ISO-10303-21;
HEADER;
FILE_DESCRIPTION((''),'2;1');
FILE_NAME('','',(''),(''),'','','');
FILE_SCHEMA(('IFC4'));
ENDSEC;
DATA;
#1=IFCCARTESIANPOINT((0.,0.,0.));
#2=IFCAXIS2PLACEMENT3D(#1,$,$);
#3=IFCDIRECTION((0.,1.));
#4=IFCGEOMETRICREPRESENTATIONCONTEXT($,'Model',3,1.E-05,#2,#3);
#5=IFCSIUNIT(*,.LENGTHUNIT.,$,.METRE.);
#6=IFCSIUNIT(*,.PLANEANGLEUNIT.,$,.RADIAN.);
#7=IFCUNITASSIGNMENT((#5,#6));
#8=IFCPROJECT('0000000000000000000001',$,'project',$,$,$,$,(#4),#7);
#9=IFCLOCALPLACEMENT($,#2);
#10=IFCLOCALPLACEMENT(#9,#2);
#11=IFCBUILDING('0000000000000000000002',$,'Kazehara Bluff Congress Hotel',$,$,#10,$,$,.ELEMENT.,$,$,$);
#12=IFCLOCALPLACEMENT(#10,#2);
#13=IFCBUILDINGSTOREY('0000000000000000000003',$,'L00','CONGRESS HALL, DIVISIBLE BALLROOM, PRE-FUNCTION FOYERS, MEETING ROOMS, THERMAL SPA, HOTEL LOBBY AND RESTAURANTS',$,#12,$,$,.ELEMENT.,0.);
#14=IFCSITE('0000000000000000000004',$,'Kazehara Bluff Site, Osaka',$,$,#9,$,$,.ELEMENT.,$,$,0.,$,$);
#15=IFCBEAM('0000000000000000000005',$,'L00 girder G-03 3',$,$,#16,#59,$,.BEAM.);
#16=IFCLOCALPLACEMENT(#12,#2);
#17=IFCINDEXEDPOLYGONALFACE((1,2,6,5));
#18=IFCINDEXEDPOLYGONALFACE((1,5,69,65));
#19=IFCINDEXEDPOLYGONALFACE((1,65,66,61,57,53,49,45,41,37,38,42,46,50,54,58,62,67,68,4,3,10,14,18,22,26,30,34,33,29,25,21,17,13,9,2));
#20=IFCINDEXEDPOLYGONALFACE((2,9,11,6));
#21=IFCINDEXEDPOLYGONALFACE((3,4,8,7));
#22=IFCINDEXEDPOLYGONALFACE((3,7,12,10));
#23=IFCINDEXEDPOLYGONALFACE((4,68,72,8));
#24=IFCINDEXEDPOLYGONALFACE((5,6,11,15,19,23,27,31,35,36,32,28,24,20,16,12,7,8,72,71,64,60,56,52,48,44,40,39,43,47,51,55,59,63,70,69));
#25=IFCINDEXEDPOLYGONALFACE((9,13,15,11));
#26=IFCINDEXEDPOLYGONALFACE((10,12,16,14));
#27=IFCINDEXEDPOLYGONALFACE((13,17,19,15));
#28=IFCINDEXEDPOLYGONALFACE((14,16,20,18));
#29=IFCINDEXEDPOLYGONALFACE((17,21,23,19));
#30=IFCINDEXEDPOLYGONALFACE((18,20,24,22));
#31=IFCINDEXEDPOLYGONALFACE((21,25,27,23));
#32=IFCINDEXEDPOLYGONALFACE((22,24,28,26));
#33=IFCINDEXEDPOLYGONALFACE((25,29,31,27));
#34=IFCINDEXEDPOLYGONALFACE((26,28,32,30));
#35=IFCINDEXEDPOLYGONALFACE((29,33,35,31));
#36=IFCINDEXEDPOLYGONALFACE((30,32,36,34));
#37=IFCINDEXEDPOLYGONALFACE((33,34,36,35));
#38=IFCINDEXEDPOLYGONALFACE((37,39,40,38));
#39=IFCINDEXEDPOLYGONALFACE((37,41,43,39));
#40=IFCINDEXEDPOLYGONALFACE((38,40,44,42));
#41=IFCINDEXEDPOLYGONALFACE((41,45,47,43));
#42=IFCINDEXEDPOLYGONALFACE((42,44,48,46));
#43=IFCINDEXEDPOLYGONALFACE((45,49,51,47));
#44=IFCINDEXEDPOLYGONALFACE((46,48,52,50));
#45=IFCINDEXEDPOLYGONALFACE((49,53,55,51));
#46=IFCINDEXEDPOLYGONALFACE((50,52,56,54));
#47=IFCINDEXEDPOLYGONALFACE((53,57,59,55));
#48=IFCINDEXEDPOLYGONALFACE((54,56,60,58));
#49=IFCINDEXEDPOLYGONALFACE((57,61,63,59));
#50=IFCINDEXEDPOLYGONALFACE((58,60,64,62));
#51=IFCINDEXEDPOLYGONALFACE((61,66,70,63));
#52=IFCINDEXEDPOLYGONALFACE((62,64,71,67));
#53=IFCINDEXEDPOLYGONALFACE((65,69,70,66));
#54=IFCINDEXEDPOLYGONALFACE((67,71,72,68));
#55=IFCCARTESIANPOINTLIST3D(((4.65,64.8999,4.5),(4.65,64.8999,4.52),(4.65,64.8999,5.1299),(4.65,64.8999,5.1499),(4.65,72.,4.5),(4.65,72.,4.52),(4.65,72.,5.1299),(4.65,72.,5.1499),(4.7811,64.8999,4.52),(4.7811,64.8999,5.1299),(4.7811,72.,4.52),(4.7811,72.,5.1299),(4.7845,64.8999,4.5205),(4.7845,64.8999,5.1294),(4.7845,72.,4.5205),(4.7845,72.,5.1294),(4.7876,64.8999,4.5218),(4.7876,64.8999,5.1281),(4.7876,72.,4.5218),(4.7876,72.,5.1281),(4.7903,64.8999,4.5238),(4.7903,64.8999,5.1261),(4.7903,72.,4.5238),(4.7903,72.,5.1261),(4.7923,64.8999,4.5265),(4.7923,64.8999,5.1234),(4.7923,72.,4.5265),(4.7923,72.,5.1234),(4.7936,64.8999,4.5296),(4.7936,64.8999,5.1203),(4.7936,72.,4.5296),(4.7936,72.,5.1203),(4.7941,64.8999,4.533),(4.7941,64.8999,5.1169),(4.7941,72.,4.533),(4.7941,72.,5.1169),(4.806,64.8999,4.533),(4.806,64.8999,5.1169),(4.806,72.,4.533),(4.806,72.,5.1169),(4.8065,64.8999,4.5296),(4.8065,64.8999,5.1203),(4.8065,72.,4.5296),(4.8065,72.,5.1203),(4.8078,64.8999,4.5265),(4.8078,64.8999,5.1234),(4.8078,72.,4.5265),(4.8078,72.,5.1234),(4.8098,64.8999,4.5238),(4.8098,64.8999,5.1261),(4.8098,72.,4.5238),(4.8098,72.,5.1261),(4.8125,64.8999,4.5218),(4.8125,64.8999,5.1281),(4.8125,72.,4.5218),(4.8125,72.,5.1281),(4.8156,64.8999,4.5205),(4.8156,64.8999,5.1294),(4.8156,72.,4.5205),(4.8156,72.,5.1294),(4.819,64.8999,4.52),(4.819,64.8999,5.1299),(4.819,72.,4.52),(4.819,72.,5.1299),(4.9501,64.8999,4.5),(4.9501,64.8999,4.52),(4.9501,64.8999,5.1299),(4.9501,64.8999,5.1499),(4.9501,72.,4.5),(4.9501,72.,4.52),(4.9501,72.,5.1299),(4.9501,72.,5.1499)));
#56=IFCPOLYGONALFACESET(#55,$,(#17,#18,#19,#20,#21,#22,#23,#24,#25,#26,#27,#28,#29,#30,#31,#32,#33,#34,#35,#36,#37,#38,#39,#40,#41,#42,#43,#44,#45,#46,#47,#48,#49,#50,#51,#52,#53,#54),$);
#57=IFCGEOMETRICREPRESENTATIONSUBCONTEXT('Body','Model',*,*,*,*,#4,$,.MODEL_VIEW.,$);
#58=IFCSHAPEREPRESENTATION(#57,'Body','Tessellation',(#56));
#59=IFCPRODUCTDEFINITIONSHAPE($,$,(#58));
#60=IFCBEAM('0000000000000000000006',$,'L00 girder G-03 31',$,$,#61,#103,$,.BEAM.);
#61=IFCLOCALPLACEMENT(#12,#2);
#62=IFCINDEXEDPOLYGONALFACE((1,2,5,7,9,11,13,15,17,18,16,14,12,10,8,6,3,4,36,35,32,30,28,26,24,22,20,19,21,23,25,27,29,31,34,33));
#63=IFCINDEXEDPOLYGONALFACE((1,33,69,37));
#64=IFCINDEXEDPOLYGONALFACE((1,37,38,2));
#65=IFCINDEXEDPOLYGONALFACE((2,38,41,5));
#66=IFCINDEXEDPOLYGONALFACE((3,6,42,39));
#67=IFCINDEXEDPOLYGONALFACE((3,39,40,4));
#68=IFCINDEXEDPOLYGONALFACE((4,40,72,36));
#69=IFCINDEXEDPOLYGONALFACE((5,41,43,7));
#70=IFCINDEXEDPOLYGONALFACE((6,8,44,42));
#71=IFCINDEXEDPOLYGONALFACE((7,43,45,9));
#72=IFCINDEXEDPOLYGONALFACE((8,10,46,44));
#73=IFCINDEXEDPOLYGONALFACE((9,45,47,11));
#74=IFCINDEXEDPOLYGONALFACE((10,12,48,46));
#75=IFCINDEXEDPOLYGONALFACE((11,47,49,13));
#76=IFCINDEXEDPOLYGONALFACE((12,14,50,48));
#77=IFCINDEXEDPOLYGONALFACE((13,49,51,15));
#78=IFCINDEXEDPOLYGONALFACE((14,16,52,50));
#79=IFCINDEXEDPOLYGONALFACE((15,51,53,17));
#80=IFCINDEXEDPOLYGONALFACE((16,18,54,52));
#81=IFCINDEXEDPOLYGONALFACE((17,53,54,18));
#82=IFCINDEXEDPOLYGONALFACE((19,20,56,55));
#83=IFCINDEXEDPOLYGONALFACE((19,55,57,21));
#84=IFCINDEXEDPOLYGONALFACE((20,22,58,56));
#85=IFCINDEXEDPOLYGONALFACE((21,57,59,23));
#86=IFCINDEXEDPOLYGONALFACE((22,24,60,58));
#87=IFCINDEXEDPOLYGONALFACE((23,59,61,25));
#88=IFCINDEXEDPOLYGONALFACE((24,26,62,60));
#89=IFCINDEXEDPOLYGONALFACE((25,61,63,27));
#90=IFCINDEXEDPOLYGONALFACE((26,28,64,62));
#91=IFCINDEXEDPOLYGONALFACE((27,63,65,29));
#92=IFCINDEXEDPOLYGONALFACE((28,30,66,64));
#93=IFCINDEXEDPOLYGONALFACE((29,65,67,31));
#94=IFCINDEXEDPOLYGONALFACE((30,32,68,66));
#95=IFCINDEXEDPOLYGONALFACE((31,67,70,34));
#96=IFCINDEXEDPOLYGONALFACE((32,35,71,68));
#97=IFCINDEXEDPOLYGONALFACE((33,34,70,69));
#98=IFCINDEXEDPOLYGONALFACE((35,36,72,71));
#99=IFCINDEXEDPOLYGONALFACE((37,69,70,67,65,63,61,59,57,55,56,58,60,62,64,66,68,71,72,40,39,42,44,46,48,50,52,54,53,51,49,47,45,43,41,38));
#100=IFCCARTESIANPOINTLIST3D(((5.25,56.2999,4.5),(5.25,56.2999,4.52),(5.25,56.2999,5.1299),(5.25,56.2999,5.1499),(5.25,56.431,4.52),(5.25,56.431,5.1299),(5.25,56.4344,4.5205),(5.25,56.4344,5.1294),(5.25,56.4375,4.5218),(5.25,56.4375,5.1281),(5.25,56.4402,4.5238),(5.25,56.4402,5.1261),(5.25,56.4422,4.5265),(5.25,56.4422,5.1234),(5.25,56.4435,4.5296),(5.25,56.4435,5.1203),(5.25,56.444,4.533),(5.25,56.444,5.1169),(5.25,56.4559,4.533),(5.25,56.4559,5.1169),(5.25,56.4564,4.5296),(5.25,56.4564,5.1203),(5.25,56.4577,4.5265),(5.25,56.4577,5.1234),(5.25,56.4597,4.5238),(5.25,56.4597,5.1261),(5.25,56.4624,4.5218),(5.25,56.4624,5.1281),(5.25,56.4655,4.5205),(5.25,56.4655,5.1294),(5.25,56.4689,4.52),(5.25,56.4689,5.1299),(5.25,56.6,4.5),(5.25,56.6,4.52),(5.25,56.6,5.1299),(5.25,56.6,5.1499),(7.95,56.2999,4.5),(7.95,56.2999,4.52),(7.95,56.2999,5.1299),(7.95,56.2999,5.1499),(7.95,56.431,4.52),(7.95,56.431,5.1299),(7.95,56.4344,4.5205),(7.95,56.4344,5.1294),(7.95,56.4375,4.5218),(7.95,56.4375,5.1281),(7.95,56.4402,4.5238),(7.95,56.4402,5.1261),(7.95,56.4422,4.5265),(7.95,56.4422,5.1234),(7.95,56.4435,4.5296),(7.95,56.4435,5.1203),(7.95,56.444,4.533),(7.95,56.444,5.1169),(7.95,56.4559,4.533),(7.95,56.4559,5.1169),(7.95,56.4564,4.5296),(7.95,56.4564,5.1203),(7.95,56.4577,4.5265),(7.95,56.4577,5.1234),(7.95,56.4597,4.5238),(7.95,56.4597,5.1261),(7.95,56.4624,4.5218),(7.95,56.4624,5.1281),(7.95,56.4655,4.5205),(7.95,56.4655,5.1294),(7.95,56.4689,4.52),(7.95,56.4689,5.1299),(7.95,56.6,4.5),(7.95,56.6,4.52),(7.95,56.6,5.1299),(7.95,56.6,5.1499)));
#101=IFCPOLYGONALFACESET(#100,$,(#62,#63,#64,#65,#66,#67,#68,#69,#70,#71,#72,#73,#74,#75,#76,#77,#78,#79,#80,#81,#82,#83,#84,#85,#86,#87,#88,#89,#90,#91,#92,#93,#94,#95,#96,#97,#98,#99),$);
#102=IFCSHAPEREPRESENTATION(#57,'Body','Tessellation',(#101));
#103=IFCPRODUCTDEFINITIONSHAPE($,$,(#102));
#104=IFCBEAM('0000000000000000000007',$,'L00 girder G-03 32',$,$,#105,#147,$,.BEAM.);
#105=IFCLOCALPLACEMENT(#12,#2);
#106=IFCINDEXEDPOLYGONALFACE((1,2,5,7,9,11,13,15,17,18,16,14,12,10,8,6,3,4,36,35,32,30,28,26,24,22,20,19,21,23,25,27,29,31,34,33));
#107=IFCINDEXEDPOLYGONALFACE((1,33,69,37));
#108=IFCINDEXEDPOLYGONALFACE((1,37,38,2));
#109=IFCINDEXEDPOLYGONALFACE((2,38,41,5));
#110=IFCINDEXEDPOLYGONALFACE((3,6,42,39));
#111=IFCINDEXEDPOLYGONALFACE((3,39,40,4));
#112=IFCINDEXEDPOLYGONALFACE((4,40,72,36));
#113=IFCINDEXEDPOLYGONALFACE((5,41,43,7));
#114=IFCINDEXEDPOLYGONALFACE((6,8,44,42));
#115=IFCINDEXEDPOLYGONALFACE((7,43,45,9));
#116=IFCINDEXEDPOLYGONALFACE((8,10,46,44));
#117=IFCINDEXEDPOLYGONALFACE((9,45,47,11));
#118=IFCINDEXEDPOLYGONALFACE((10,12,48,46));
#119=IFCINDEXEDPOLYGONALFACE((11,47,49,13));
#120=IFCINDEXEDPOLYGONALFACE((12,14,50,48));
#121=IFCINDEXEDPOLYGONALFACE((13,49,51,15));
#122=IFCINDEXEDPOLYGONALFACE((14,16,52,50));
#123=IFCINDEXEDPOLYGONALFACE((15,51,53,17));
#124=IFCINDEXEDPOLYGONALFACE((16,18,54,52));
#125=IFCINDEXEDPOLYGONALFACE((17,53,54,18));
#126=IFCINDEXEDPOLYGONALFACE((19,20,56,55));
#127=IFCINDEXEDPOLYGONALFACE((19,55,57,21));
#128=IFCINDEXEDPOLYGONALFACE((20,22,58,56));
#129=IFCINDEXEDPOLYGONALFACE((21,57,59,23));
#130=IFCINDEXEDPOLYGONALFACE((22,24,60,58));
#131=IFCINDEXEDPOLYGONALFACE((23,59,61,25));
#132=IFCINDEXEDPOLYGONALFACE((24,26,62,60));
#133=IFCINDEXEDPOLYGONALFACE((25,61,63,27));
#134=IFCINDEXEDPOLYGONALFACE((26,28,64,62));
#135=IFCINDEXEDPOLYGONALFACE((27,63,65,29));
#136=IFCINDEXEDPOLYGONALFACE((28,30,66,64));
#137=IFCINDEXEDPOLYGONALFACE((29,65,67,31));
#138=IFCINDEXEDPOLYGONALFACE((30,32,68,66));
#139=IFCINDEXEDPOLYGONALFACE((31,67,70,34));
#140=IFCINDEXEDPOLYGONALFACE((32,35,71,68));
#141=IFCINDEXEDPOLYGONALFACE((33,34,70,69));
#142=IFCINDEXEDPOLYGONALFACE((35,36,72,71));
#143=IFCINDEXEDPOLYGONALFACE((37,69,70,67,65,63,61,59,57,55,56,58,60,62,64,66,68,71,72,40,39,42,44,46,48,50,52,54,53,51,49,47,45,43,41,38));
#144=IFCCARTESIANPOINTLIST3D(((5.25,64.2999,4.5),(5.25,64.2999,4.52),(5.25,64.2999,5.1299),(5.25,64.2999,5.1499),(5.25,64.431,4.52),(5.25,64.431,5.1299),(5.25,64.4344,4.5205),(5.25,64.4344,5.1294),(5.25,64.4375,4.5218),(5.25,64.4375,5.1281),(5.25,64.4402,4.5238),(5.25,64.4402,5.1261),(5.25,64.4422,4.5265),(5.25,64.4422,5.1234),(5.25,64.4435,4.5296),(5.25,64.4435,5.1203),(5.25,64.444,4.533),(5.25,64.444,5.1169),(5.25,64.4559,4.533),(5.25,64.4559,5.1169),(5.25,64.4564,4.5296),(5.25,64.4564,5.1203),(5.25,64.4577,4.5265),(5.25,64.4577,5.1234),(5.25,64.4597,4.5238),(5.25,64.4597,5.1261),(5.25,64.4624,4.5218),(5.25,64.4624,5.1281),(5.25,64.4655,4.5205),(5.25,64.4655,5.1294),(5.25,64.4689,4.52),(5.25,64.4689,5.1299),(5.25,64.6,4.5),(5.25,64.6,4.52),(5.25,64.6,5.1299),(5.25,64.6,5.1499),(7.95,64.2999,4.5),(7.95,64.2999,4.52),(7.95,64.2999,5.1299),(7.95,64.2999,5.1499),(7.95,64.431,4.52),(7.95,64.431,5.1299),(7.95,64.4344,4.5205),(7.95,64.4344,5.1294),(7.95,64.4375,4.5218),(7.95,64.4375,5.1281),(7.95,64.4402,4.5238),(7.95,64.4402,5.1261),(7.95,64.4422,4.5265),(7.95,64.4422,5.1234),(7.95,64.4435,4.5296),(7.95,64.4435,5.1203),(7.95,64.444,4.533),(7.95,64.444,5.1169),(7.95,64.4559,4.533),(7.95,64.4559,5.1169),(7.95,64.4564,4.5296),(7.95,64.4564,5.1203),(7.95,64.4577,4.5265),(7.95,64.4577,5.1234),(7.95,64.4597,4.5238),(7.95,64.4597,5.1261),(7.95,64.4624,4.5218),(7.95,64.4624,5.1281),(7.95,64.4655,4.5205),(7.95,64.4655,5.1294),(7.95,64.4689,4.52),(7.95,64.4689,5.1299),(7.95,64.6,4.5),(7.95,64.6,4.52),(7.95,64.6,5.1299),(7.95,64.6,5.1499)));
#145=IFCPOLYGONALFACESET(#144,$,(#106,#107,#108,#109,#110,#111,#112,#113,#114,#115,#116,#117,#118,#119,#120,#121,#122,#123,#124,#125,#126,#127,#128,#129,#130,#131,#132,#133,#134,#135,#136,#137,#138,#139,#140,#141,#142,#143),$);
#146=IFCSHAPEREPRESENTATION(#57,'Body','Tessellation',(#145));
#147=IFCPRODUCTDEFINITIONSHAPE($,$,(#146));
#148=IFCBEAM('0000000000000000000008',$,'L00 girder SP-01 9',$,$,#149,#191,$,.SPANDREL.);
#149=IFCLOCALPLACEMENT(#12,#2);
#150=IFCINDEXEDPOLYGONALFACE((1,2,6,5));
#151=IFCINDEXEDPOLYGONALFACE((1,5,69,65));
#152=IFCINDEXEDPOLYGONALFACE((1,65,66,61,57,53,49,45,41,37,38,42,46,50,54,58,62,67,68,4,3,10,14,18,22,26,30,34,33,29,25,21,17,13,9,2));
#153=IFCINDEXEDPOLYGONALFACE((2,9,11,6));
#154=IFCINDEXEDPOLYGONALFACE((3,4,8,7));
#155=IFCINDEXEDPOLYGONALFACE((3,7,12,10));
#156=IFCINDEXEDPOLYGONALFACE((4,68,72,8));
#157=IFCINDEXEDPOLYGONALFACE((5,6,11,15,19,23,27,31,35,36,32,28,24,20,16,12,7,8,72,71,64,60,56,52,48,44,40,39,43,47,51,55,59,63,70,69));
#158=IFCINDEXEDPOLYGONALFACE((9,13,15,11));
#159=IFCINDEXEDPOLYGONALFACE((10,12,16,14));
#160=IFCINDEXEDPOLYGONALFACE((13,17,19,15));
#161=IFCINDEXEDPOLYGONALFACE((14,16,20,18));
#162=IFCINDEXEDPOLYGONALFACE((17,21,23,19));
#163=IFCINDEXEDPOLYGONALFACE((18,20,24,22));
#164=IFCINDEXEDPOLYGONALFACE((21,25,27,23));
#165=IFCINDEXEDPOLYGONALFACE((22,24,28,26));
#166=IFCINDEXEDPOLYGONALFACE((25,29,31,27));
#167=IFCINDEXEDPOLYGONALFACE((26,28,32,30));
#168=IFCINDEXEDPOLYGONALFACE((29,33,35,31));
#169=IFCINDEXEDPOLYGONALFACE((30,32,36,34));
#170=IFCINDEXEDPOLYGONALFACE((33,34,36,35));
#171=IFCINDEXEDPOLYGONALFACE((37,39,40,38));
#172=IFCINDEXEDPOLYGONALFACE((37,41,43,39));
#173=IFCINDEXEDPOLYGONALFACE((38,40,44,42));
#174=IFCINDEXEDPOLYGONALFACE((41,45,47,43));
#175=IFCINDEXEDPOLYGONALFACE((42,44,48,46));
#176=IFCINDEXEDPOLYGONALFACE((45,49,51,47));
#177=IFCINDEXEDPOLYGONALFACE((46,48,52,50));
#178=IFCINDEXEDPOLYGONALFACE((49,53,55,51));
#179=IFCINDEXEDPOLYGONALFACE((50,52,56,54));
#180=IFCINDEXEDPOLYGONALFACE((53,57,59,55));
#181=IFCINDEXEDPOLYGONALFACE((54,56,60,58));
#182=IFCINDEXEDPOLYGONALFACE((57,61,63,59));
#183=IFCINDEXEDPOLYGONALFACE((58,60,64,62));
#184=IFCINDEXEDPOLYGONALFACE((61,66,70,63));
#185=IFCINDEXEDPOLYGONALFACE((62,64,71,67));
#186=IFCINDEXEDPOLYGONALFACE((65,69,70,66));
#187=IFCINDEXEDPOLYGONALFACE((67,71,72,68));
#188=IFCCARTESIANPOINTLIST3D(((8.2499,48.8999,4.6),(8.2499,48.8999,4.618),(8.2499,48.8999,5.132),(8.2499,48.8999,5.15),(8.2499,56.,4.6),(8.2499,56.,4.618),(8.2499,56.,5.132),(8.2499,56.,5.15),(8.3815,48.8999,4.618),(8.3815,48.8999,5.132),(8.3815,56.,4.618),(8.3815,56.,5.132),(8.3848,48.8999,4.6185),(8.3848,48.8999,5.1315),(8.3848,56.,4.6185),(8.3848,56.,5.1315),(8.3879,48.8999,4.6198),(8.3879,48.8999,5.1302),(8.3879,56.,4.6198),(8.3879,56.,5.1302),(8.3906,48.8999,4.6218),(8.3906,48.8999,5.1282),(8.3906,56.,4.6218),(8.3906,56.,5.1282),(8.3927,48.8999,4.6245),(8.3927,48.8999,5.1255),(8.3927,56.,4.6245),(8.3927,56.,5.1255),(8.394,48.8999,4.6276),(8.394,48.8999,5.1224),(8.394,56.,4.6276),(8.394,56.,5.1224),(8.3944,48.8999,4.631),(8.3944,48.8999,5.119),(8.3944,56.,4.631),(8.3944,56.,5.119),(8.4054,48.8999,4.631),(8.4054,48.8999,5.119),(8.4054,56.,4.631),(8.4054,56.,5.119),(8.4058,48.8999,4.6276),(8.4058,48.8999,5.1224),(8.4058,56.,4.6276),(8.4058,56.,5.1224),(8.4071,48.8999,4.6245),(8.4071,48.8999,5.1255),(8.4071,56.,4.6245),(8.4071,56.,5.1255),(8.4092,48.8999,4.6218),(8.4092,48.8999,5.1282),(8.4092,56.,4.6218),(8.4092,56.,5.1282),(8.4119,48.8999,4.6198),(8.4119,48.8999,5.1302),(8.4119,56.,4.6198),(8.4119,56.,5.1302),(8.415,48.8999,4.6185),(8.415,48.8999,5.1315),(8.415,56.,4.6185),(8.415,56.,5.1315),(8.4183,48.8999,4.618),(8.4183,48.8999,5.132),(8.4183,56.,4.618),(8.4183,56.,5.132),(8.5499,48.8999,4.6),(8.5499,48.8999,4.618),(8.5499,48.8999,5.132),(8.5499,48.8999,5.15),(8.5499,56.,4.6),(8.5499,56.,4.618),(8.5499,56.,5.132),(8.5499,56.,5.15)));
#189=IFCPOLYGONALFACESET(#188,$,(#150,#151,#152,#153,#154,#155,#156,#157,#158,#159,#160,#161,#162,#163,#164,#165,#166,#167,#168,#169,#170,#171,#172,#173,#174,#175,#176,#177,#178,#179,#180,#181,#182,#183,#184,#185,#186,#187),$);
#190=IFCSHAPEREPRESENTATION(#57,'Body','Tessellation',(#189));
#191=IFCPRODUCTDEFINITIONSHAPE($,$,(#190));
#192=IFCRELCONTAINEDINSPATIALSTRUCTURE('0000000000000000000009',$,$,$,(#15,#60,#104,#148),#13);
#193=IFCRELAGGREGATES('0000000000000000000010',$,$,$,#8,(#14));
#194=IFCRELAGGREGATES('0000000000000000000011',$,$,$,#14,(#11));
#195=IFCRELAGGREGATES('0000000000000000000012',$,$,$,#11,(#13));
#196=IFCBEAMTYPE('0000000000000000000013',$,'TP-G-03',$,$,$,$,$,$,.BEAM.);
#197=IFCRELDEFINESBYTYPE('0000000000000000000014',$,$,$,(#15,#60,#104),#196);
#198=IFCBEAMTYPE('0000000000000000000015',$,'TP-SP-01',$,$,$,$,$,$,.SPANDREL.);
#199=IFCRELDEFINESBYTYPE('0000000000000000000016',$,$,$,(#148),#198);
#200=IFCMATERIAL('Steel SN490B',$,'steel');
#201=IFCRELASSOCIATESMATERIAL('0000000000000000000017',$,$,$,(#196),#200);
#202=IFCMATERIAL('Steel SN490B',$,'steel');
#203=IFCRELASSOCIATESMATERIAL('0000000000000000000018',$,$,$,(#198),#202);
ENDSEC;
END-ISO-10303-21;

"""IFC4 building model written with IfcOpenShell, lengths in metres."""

from ifc_helpers import new_model, si_unit, direction, frame, origin, origin_2d, place, context, subcontext, project, spatial, i_section, extrude, material, material_profile, profile_set, type_object, element, save


model = new_model("IFC4")

# Units and contexts
model_context = context("Model", 3, precision=1e-05, world=origin(), true_north=direction((0.0, 1.0)))
body_context = subcontext(model_context, "Body", "Model", "MODEL_VIEW")
ifc_project = project(units=[si_unit("LENGTHUNIT", "METRE"), si_unit("PLANEANGLEUNIT", "RADIAN")], contexts=[model_context])

# Site, building, storey
site_placement = place(None, origin())
site = spatial("IfcSite", under=ifc_project, at=site_placement, Name="Kazehara Bluff Site, Osaka", CompositionType="ELEMENT", RefElevation=0.0)
building_placement = place(site_placement, origin())
building = spatial("IfcBuilding", under=site, at=building_placement, Name="Kazehara Bluff Congress Hotel", CompositionType="ELEMENT")
storey_placement = place(building_placement, origin())
storey = spatial("IfcBuildingStorey", under=building, at=storey_placement, Name="L00", Description="CONGRESS HALL, DIVISIBLE BALLROOM, PRE-FUNCTION FOYERS, MEETING ROOMS, THERMAL SPA, HOTEL LOBBY AND RESTAURANTS", CompositionType="ELEMENT", Elevation=0.0)

# Beams
ifc_material_1 = material(Name="Steel SN490B", Category="steel")
ifc_material_profile_1 = material_profile(ifc_material_1, i_section(OverallWidth=0.3, OverallDepth=0.6499, WebThickness=0.012, FlangeThickness=0.02, FilletRadius=0.0129, at=origin_2d()))
ifc_profile_set_1 = profile_set([ifc_material_profile_1], Name="Steel SN490B")
beam_type_1 = type_object("IfcBeamType", Name="TP-G-03", PredefinedType="BEAM", material=ifc_profile_set_1)
for number, where, z_axis, x_axis, name in (
    (1, (4.8, 64.8999, 4.825), (0.0, 1.0, 0.0), (-1.0, 0.0, 0.0), "L00 girder G-03 3"),
):
    element("IfcBeam", number, at=place(storey_placement, frame(where, z_axis=z_axis, x_axis=x_axis)), inside=storey, type_object=beam_type_1, Name=name, PredefinedType="BEAM", context=body_context, shape_type="SweptSolid", body=[
        extrude(i_section(OverallWidth=0.3, OverallDepth=0.6499, WebThickness=0.012, FlangeThickness=0.02, FilletRadius=0.0129, at=origin_2d()), origin(), (0.0, 0.0, 1.0), 7.1001),
    ])
for number, where, z_axis, x_axis, name in (
    (2, (5.25, 56.45, 4.825), (1.0, 0.0, 0.0), (0.0, 1.0, 0.0), "L00 girder G-03 31"),
    (3, (5.25, 64.45, 4.825), (1.0, 0.0, 0.0), (0.0, 1.0, 0.0), "L00 girder G-03 32"),
):
    element("IfcBeam", number, at=place(storey_placement, frame(where, z_axis=z_axis, x_axis=x_axis)), inside=storey, type_object=beam_type_1, Name=name, PredefinedType="BEAM", context=body_context, shape_type="SweptSolid", body=[
        extrude(i_section(OverallWidth=0.3, OverallDepth=0.6499, WebThickness=0.012, FlangeThickness=0.02, FilletRadius=0.0129, at=origin_2d()), origin(), (0.0, 0.0, 1.0), 2.7),
    ])
ifc_material_2 = material(Name="Steel SN490B", Category="steel")
ifc_material_profile_2 = material_profile(ifc_material_2, i_section(OverallWidth=0.3, OverallDepth=0.55, WebThickness=0.011, FlangeThickness=0.0181, FilletRadius=0.0129, at=origin_2d()))
ifc_profile_set_2 = profile_set([ifc_material_profile_2], Name="Steel SN490B")
beam_type_2 = type_object("IfcBeamType", Name="TP-SP-01", PredefinedType="SPANDREL", material=ifc_profile_set_2)
for number, where, z_axis, x_axis, name in (
    (4, (8.3999, 48.8999, 4.875), (0.0, 1.0, 0.0), (-1.0, 0.0, 0.0), "L00 girder SP-01 9"),
):
    element("IfcBeam", number, at=place(storey_placement, frame(where, z_axis=z_axis, x_axis=x_axis)), inside=storey, type_object=beam_type_2, Name=name, PredefinedType="SPANDREL", context=body_context, shape_type="SweptSolid", body=[
        extrude(i_section(OverallWidth=0.3, OverallDepth=0.55, WebThickness=0.011, FlangeThickness=0.0181, FilletRadius=0.0129, at=origin_2d()), origin(), (0.0, 0.0, 1.0), 7.1001),
    ])

save(model, "model.ifc")
